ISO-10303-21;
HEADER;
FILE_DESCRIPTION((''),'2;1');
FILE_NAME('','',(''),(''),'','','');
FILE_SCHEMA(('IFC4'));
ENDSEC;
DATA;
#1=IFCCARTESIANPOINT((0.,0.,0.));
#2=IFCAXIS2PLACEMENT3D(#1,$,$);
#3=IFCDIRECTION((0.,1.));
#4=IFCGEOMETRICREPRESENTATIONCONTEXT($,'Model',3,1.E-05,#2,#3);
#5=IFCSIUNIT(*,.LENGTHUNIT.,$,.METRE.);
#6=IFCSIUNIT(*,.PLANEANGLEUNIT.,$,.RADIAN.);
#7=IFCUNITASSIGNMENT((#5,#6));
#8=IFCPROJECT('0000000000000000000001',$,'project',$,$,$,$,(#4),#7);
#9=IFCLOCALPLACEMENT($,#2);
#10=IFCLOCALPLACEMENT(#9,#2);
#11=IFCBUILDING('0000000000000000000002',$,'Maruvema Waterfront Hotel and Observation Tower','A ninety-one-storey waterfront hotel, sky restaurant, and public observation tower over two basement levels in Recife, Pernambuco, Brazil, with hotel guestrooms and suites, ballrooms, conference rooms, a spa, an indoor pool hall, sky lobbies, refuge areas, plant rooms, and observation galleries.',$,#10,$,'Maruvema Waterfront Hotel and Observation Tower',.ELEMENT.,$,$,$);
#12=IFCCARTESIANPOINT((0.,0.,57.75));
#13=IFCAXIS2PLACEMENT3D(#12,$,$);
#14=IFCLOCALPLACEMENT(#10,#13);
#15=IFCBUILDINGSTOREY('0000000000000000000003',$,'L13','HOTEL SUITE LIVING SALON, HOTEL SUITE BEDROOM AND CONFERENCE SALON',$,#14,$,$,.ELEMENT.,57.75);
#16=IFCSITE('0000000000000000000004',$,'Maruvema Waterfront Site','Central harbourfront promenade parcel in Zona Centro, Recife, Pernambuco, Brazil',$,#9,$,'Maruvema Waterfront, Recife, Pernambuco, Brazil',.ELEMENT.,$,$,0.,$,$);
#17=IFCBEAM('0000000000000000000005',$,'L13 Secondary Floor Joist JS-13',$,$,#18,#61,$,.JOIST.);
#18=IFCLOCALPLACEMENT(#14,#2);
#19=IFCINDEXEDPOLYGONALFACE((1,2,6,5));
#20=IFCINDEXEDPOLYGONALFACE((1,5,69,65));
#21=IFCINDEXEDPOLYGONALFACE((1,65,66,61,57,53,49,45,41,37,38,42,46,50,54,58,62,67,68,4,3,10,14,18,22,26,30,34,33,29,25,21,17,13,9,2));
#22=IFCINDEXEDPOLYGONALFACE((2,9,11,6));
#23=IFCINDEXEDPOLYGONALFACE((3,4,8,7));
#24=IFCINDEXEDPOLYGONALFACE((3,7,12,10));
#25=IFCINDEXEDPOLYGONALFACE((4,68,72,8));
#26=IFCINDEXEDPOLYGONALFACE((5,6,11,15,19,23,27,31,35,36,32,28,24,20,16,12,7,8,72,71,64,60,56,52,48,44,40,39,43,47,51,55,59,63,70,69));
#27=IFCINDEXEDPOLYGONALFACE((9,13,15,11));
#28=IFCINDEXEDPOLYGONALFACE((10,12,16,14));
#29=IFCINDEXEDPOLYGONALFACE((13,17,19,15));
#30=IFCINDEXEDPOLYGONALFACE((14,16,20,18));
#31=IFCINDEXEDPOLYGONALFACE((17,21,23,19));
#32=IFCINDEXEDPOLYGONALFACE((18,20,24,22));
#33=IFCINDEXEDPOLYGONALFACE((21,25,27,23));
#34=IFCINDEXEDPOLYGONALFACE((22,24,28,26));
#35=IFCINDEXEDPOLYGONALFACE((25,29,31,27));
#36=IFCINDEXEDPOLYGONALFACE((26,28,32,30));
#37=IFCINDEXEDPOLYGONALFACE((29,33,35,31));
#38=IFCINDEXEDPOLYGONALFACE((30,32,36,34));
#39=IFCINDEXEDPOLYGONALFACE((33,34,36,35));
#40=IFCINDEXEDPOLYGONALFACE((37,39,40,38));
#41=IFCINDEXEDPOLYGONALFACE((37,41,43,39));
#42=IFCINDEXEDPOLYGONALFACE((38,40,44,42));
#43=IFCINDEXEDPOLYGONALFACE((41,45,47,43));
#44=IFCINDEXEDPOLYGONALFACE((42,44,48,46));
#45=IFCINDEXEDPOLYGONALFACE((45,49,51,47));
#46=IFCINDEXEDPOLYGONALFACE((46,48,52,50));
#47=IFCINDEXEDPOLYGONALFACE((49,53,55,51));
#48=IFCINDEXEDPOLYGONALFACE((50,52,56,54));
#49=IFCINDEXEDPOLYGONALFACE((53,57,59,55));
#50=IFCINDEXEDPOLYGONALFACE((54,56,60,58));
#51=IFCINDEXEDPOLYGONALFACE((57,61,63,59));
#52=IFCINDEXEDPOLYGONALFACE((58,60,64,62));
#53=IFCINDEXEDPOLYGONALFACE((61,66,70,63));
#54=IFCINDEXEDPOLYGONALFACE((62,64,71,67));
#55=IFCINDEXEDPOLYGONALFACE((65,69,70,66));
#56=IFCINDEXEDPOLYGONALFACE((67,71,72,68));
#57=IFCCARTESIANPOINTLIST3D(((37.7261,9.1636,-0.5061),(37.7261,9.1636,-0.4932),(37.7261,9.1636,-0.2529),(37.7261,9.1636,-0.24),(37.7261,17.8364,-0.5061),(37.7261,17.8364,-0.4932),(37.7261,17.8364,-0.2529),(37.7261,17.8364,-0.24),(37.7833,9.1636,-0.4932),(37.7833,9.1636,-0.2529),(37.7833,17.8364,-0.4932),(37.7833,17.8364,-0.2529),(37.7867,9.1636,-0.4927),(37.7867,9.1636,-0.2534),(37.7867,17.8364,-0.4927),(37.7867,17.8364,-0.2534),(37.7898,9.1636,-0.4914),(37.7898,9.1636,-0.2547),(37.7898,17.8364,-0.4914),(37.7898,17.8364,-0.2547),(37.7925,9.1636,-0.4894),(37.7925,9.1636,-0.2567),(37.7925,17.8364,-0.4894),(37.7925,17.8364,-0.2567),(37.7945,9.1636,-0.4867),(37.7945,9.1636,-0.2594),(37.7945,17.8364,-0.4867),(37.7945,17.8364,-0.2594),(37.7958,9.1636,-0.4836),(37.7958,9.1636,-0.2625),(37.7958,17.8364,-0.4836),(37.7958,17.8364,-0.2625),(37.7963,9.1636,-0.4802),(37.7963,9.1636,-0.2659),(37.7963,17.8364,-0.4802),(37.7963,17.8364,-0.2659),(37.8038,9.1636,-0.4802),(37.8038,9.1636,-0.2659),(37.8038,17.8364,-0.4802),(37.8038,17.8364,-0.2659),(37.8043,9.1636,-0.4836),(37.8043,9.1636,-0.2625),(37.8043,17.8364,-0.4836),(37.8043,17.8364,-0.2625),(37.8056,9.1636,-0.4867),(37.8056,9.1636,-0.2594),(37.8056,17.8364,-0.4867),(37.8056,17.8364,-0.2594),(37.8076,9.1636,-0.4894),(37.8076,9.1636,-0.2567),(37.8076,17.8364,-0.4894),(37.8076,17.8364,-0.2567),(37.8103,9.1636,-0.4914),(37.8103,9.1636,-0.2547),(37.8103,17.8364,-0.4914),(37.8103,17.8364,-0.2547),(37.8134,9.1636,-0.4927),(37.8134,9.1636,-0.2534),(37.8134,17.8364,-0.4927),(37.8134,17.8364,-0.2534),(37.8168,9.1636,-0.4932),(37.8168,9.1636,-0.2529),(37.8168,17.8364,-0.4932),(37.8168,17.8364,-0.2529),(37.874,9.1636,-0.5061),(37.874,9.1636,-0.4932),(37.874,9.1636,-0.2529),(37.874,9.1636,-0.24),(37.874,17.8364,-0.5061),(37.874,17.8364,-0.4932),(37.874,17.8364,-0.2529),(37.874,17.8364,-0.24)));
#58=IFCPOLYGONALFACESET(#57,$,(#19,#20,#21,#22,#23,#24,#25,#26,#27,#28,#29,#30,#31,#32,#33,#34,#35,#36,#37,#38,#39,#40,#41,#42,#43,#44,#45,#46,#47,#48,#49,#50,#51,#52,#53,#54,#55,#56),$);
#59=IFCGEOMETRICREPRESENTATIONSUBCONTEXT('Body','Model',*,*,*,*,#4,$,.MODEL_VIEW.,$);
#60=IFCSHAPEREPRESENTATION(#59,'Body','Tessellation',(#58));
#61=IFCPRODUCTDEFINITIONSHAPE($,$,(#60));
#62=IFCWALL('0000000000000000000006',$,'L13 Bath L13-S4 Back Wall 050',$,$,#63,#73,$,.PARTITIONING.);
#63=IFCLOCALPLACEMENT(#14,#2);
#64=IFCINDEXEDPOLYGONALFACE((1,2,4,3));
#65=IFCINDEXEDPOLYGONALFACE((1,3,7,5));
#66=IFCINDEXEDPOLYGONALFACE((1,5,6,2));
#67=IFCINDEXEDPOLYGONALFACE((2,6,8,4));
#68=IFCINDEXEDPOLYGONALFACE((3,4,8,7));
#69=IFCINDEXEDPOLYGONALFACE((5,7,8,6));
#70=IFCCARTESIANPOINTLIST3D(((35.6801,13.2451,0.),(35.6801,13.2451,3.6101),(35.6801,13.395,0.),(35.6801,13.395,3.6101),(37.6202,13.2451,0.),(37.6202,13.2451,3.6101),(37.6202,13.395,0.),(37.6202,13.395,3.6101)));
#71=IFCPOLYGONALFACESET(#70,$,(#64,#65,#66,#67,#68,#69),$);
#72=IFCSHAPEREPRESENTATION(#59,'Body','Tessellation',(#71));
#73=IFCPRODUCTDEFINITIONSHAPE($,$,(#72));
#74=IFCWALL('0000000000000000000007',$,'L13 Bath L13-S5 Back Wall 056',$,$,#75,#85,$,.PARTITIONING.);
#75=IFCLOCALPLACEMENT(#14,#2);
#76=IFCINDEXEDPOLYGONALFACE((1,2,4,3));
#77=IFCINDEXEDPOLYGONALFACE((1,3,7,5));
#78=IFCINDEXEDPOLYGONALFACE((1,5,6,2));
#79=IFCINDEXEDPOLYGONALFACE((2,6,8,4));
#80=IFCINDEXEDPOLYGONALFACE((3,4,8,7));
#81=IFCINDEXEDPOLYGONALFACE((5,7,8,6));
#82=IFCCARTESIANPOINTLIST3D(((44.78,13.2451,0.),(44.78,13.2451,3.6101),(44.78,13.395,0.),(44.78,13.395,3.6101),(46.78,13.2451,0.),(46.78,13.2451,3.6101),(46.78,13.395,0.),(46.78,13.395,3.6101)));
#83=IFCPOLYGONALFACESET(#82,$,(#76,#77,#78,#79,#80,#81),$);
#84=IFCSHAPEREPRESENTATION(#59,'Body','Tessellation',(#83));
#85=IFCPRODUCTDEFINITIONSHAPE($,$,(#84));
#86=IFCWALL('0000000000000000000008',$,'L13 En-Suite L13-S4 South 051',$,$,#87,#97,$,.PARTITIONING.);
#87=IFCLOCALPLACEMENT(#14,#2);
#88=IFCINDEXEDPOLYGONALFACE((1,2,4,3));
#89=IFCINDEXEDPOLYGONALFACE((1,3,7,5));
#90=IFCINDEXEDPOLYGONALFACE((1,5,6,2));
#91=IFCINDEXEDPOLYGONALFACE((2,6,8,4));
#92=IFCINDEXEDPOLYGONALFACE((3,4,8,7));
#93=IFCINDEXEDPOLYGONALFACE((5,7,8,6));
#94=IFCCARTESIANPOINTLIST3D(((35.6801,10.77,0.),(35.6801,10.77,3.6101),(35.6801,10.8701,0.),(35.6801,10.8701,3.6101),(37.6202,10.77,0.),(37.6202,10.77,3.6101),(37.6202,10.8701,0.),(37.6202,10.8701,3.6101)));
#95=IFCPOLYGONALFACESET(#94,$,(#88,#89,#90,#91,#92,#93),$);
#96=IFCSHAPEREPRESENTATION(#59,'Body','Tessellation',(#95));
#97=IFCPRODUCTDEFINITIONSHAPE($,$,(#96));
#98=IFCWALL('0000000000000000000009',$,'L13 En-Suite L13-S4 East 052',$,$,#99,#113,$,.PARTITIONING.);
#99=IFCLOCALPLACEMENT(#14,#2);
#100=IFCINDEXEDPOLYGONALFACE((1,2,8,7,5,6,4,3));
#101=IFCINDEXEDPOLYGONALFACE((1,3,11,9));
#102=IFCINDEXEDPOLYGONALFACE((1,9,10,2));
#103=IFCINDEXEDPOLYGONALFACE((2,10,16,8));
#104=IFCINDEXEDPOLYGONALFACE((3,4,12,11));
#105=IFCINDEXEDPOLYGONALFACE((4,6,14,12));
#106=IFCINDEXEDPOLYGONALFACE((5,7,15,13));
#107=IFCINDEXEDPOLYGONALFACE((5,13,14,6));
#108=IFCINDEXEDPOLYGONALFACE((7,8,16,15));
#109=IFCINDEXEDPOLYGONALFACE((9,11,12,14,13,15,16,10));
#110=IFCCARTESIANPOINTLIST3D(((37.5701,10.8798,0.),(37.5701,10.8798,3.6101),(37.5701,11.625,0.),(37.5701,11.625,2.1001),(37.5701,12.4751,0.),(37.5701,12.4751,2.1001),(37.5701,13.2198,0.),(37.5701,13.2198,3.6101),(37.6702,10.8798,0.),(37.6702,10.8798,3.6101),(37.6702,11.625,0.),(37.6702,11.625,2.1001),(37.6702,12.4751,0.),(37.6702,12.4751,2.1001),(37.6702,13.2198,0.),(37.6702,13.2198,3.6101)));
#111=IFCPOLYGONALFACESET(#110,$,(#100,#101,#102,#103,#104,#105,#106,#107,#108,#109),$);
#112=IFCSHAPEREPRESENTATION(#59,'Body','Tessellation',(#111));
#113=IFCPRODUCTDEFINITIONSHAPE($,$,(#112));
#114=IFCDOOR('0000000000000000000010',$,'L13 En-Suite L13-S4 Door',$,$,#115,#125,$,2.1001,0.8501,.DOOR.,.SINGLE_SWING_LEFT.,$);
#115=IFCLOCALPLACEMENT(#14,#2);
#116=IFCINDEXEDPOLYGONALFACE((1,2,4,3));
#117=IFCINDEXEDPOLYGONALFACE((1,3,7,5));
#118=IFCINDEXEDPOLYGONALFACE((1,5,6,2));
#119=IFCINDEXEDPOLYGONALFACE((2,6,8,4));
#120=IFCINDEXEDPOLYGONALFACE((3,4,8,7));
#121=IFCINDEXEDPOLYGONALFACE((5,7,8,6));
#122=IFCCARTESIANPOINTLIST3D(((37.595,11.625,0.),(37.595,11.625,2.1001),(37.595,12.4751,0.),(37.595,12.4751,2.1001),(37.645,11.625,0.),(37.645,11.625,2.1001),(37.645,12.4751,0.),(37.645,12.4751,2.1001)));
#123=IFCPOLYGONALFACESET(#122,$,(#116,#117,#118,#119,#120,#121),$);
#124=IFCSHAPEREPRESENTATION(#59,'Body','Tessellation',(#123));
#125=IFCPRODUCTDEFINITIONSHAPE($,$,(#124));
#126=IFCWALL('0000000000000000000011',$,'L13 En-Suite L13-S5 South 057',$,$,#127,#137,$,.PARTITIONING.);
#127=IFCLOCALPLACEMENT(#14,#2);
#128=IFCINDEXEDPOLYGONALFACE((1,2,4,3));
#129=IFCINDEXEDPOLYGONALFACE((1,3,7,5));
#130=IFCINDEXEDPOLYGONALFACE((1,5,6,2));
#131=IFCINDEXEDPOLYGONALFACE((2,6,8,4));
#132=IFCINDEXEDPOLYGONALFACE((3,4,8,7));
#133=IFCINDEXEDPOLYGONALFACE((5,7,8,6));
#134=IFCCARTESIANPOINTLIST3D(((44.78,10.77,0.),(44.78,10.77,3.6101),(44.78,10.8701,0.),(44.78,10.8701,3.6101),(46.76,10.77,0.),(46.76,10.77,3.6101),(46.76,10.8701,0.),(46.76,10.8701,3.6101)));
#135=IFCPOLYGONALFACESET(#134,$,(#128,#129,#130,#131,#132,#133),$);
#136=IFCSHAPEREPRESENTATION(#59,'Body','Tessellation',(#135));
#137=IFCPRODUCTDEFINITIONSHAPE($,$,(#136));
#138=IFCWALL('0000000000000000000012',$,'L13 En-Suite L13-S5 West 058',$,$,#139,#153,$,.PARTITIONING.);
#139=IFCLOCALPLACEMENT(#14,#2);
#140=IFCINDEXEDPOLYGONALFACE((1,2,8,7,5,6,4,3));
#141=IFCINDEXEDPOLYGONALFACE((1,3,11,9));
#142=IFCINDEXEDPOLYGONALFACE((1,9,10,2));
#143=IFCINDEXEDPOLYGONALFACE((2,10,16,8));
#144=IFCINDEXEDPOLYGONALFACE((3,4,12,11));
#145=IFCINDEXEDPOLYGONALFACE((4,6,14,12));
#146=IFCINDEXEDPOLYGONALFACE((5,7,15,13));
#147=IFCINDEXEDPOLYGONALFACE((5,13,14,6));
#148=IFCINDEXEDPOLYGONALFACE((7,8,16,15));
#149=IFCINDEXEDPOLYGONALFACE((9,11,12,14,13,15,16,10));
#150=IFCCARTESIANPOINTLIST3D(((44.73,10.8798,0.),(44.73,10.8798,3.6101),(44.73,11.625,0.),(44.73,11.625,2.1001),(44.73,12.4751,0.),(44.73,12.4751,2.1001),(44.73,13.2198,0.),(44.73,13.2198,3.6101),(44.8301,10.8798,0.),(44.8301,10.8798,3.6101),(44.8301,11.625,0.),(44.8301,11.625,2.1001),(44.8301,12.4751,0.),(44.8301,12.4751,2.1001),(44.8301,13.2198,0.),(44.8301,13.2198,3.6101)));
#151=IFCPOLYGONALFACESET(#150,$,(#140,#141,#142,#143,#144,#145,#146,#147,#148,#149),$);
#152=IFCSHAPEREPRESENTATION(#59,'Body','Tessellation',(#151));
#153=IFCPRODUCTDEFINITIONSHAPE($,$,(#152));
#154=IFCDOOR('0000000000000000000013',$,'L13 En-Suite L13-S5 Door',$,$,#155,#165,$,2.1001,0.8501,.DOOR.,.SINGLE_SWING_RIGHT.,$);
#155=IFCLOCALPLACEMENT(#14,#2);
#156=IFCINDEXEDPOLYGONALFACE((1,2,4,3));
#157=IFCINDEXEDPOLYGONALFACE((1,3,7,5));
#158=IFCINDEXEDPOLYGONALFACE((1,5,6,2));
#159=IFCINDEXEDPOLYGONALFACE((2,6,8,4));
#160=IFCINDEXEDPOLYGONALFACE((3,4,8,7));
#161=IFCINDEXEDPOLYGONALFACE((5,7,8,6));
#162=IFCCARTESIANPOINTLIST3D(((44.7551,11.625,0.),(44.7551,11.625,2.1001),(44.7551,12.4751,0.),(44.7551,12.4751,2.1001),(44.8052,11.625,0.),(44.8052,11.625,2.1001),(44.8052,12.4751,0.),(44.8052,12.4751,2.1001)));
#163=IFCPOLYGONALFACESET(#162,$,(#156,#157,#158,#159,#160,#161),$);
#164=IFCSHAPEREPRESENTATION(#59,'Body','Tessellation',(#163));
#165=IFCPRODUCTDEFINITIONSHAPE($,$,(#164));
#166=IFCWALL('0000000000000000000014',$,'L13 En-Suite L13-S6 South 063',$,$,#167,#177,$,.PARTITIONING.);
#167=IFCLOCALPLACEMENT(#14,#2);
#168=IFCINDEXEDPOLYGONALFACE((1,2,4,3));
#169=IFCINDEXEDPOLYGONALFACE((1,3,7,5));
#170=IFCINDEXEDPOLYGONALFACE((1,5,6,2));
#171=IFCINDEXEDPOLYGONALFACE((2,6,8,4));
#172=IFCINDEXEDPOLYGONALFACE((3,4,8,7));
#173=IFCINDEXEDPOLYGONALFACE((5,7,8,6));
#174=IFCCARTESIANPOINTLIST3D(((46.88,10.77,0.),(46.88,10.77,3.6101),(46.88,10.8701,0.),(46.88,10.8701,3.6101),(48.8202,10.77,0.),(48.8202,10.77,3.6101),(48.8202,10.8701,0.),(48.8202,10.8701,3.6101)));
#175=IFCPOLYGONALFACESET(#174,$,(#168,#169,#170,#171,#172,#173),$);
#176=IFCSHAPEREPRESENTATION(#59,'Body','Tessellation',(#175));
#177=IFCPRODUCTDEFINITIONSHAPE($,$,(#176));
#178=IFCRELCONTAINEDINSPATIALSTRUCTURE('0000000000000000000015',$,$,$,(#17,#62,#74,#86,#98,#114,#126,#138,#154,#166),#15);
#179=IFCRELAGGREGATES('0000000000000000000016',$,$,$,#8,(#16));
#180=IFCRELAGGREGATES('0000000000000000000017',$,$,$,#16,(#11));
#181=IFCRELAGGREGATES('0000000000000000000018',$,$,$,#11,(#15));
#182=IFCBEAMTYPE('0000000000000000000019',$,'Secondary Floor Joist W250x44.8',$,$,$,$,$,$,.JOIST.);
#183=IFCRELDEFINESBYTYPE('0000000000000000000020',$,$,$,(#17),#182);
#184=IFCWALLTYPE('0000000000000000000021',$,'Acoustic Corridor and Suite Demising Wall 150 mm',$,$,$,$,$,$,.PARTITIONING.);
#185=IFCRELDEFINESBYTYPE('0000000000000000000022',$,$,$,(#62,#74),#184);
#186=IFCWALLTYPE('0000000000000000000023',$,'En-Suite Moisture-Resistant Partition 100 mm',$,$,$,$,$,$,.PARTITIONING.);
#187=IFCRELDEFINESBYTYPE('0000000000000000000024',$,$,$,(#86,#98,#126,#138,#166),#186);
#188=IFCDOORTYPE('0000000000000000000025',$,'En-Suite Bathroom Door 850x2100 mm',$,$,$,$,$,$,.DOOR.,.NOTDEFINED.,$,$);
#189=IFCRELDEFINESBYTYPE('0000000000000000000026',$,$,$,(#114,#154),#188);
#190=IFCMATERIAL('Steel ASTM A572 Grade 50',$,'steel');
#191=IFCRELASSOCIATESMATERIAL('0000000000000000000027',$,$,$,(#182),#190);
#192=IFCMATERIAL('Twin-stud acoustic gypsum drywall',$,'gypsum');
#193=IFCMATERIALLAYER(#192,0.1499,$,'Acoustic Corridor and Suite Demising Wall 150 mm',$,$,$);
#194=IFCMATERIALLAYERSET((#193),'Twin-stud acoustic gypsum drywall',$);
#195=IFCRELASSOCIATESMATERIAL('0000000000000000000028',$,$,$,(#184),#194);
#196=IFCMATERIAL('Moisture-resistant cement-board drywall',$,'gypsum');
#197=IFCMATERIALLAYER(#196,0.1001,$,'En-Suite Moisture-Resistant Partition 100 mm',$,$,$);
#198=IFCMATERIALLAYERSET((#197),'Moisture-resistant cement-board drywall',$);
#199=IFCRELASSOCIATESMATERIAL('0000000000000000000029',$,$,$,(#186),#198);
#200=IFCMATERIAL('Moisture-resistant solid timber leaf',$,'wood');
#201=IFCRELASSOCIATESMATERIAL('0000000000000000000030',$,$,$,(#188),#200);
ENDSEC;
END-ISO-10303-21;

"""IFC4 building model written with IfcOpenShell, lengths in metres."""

from ifc_helpers import new_model, si_unit, direction, frame, frame_2d, origin, origin_2d, place, context, subcontext, project, spatial, rectangle, i_section, extrude, material, layer, layer_set, material_profile, profile_set, type_object, element, fill, save


model = new_model("IFC4")

# Units and contexts
model_context = context("Model", 3, precision=1e-05, world=origin(), true_north=direction((0.0, 1.0)))
body_context = subcontext(model_context, "Body", "Model", "MODEL_VIEW")
ifc_project = project(units=[si_unit("LENGTHUNIT", "METRE"), si_unit("PLANEANGLEUNIT", "RADIAN")], contexts=[model_context])

# Site, building, storey
site_placement = place(None, origin())
site = spatial("IfcSite", under=ifc_project, at=site_placement, Name="Maruvema Waterfront Site", Description="Central harbourfront promenade parcel in Zona Centro, Recife, Pernambuco, Brazil", LongName="Maruvema Waterfront, Recife, Pernambuco, Brazil", CompositionType="ELEMENT", RefElevation=0.0)
building_placement = place(site_placement, origin())
building = spatial("IfcBuilding", under=site, at=building_placement, Name="Maruvema Waterfront Hotel and Observation Tower", Description="A ninety-one-storey waterfront hotel, sky restaurant, and public observation tower over two basement levels in Recife, Pernambuco, Brazil, with hotel guestrooms and suites, ballrooms, conference rooms, a spa, an indoor pool hall, sky lobbies, refuge areas, plant rooms, and observation galleries.", LongName="Maruvema Waterfront Hotel and Observation Tower", CompositionType="ELEMENT")
storey_placement = place(building_placement, frame((0.0, 0.0, 57.75)))
storey = spatial("IfcBuildingStorey", under=building, at=storey_placement, Name="L13", Description="HOTEL SUITE LIVING SALON, HOTEL SUITE BEDROOM AND CONFERENCE SALON", CompositionType="ELEMENT", Elevation=57.75)

# Beam
ifc_material_1 = material(Name="Steel ASTM A572 Grade 50", Category="steel")
ifc_material_profile_1 = material_profile(ifc_material_1, i_section(OverallWidth=0.1479, OverallDepth=0.2661, WebThickness=0.0076, FlangeThickness=0.0129, FilletRadius=0.0129, at=origin_2d()), Name="W250x44.8")
ifc_profile_set_1 = profile_set([ifc_material_profile_1], Name="Steel ASTM A572 Grade 50")
beam_type_1 = type_object("IfcBeamType", Name="Secondary Floor Joist W250x44.8", PredefinedType="JOIST", material=ifc_profile_set_1)
beam_1_placement = place(storey_placement, frame((37.8, 9.1636, -0.373), z_axis=(0.0, 1.0, 0.0), x_axis=(-1.0, 0.0, 0.0)))
element("IfcBeam", 1, at=beam_1_placement, inside=storey, type_object=beam_type_1, Name="L13 Secondary Floor Joist JS-13", PredefinedType="JOIST", context=body_context, shape_type="SweptSolid", body=[
    extrude(i_section(OverallWidth=0.1479, OverallDepth=0.2661, WebThickness=0.0076, FlangeThickness=0.0129, FilletRadius=0.0129, at=origin_2d()), origin(), (0.0, 0.0, 1.0), 8.6729),
])

# Wall
ifc_material_2 = material(Name="Twin-stud acoustic gypsum drywall", Category="gypsum")
ifc_layer_1 = layer(ifc_material_2, 0.1499, Name="Acoustic Corridor and Suite Demising Wall 150 mm")
ifc_layer_set_1 = layer_set([ifc_layer_1], Name="Twin-stud acoustic gypsum drywall")
wall_type_1 = type_object("IfcWallType", Name="Acoustic Corridor and Suite Demising Wall 150 mm", PredefinedType="PARTITIONING", material=ifc_layer_set_1)
wall_1_placement = place(storey_placement, frame((35.6799, 13.3201, 0.0), z_axis=(0.0, 0.0, 1.0), x_axis=(1.0, 0.0, 0.0)))
element("IfcWall", 2, at=wall_1_placement, inside=storey, type_object=wall_type_1, Name="L13 Bath L13-S4 Back Wall 050", PredefinedType="PARTITIONING", context=body_context, shape_type="SweptSolid", body=[
    extrude(rectangle(XDim=1.9402, YDim=0.1499, at=frame_2d((0.9702, 0.0))), origin(), (0.0, 0.0, 1.0), 3.6101),
])

# Wall
wall_2_placement = place(storey_placement, frame((44.78, 13.3201, 0.0), z_axis=(0.0, 0.0, 1.0), x_axis=(1.0, 0.0, 0.0)))
element("IfcWall", 3, at=wall_2_placement, inside=storey, type_object=wall_type_1, Name="L13 Bath L13-S5 Back Wall 056", PredefinedType="PARTITIONING", context=body_context, shape_type="SweptSolid", body=[
    extrude(rectangle(XDim=2.0, YDim=0.1499, at=frame_2d((1.0, 0.0))), origin(), (0.0, 0.0, 1.0), 3.6101),
])

# Wall
ifc_material_3 = material(Name="Moisture-resistant cement-board drywall", Category="gypsum")
ifc_layer_2 = layer(ifc_material_3, 0.1001, Name="En-Suite Moisture-Resistant Partition 100 mm")
ifc_layer_set_2 = layer_set([ifc_layer_2], Name="Moisture-resistant cement-board drywall")
wall_type_2 = type_object("IfcWallType", Name="En-Suite Moisture-Resistant Partition 100 mm", PredefinedType="PARTITIONING", material=ifc_layer_set_2)
wall_3_placement = place(storey_placement, frame((35.6799, 10.8201, 0.0), z_axis=(0.0, 0.0, 1.0), x_axis=(1.0, 0.0, 0.0)))
element("IfcWall", 4, at=wall_3_placement, inside=storey, type_object=wall_type_2, Name="L13 En-Suite L13-S4 South 051", PredefinedType="PARTITIONING", context=body_context, shape_type="SweptSolid", body=[
    extrude(rectangle(XDim=1.9402, YDim=0.1001, at=frame_2d((0.9702, 0.0))), origin(), (0.0, 0.0, 1.0), 3.6101),
])

# Wall, opening, door
wall_4_placement = place(storey_placement, frame((37.6201, 10.8799, 0.0), z_axis=(0.0, 0.0, 1.0), x_axis=(0.0, 1.0, 0.0)))
wall_4 = element("IfcWall", 5, at=wall_4_placement, inside=storey, type_object=wall_type_2, Name="L13 En-Suite L13-S4 East 052", PredefinedType="PARTITIONING", context=body_context, shape_type="SweptSolid", body=[
    extrude(rectangle(XDim=2.3401, YDim=0.1001, at=frame_2d((1.1699, 0.0))), origin(), (0.0, 0.0, 1.0), 3.6101),
])
opening_1_placement = place(wall_4_placement, frame((0.7451, 0.0, 0.0)))
opening_1 = element("IfcOpeningElement", 6, at=opening_1_placement, cuts=wall_4, PredefinedType="OPENING", context=body_context, shape_type="SweptSolid", body=[
    extrude(rectangle(XDim=0.8501, YDim=2.1001, at=frame_2d((0.425, 1.05))), frame((0.0, 0.0601, 0.0), z_axis=(0.0, -1.0, 0.0), x_axis=(1.0, 0.0, 0.0)), (0.0, 0.0, 1.0), 0.1201),
])
ifc_material_4 = material(Name="Moisture-resistant solid timber leaf", Category="wood")
door_type_1 = type_object("IfcDoorType", Name="En-Suite Bathroom Door 850x2100 mm", OperationType="NOTDEFINED", PredefinedType="DOOR", material=ifc_material_4)
door_1_placement = place(opening_1_placement, frame((0.8501, 0.0, 0.0), z_axis=(0.0, 0.0, 1.0), x_axis=(-1.0, 0.0, 0.0)))
door_1 = element("IfcDoor", 7, at=door_1_placement, inside=storey, type_object=door_type_1, Name="L13 En-Suite L13-S4 Door", OperationType="SINGLE_SWING_LEFT", OverallHeight=2.1001, OverallWidth=0.8501, PredefinedType="DOOR", context=body_context, shape_type="SweptSolid", body=[
    extrude(rectangle(XDim=0.8501, YDim=2.1001, at=frame_2d((0.425, 1.05))), frame((0.0, 0.0249, 0.0), z_axis=(0.0, -1.0, 0.0), x_axis=(1.0, 0.0, 0.0)), (0.0, 0.0, 1.0), 0.05),
])
fill(opening_1, door_1)

# Wall
wall_5_placement = place(storey_placement, frame((44.78, 10.8201, 0.0), z_axis=(0.0, 0.0, 1.0), x_axis=(1.0, 0.0, 0.0)))
element("IfcWall", 8, at=wall_5_placement, inside=storey, type_object=wall_type_2, Name="L13 En-Suite L13-S5 South 057", PredefinedType="PARTITIONING", context=body_context, shape_type="SweptSolid", body=[
    extrude(rectangle(XDim=1.98, YDim=0.1001, at=frame_2d((0.99, 0.0))), origin(), (0.0, 0.0, 1.0), 3.6101),
])

# Wall, opening, door
wall_6_placement = place(storey_placement, frame((44.78, 10.8799, 0.0), z_axis=(0.0, 0.0, 1.0), x_axis=(0.0, 1.0, 0.0)))
wall_6 = element("IfcWall", 9, at=wall_6_placement, inside=storey, type_object=wall_type_2, Name="L13 En-Suite L13-S5 West 058", PredefinedType="PARTITIONING", context=body_context, shape_type="SweptSolid", body=[
    extrude(rectangle(XDim=2.3401, YDim=0.1001, at=frame_2d((1.1699, 0.0))), origin(), (0.0, 0.0, 1.0), 3.6101),
])
opening_2_placement = place(wall_6_placement, frame((0.7451, 0.0, 0.0)))
opening_2 = element("IfcOpeningElement", 10, at=opening_2_placement, cuts=wall_6, PredefinedType="OPENING", context=body_context, shape_type="SweptSolid", body=[
    extrude(rectangle(XDim=0.8501, YDim=2.1001, at=frame_2d((0.425, 1.05))), frame((0.0, 0.0601, 0.0), z_axis=(0.0, -1.0, 0.0), x_axis=(1.0, 0.0, 0.0)), (0.0, 0.0, 1.0), 0.1201),
])
door_2_placement = place(opening_2_placement, origin())
door_2 = element("IfcDoor", 11, at=door_2_placement, inside=storey, type_object=door_type_1, Name="L13 En-Suite L13-S5 Door", OperationType="SINGLE_SWING_RIGHT", OverallHeight=2.1001, OverallWidth=0.8501, PredefinedType="DOOR", context=body_context, shape_type="SweptSolid", body=[
    extrude(rectangle(XDim=0.8501, YDim=2.1001, at=frame_2d((0.425, 1.05))), frame((0.0, 0.0249, 0.0), z_axis=(0.0, -1.0, 0.0), x_axis=(1.0, 0.0, 0.0)), (0.0, 0.0, 1.0), 0.05),
])
fill(opening_2, door_2)

# Wall
wall_7_placement = place(storey_placement, frame((46.8799, 10.8201, 0.0), z_axis=(0.0, 0.0, 1.0), x_axis=(1.0, 0.0, 0.0)))
element("IfcWall", 12, at=wall_7_placement, inside=storey, type_object=wall_type_2, Name="L13 En-Suite L13-S6 South 063", PredefinedType="PARTITIONING", context=body_context, shape_type="SweptSolid", body=[
    extrude(rectangle(XDim=1.9402, YDim=0.1001, at=frame_2d((0.9702, 0.0))), origin(), (0.0, 0.0, 1.0), 3.6101),
])

save(model, "model.ifc")
